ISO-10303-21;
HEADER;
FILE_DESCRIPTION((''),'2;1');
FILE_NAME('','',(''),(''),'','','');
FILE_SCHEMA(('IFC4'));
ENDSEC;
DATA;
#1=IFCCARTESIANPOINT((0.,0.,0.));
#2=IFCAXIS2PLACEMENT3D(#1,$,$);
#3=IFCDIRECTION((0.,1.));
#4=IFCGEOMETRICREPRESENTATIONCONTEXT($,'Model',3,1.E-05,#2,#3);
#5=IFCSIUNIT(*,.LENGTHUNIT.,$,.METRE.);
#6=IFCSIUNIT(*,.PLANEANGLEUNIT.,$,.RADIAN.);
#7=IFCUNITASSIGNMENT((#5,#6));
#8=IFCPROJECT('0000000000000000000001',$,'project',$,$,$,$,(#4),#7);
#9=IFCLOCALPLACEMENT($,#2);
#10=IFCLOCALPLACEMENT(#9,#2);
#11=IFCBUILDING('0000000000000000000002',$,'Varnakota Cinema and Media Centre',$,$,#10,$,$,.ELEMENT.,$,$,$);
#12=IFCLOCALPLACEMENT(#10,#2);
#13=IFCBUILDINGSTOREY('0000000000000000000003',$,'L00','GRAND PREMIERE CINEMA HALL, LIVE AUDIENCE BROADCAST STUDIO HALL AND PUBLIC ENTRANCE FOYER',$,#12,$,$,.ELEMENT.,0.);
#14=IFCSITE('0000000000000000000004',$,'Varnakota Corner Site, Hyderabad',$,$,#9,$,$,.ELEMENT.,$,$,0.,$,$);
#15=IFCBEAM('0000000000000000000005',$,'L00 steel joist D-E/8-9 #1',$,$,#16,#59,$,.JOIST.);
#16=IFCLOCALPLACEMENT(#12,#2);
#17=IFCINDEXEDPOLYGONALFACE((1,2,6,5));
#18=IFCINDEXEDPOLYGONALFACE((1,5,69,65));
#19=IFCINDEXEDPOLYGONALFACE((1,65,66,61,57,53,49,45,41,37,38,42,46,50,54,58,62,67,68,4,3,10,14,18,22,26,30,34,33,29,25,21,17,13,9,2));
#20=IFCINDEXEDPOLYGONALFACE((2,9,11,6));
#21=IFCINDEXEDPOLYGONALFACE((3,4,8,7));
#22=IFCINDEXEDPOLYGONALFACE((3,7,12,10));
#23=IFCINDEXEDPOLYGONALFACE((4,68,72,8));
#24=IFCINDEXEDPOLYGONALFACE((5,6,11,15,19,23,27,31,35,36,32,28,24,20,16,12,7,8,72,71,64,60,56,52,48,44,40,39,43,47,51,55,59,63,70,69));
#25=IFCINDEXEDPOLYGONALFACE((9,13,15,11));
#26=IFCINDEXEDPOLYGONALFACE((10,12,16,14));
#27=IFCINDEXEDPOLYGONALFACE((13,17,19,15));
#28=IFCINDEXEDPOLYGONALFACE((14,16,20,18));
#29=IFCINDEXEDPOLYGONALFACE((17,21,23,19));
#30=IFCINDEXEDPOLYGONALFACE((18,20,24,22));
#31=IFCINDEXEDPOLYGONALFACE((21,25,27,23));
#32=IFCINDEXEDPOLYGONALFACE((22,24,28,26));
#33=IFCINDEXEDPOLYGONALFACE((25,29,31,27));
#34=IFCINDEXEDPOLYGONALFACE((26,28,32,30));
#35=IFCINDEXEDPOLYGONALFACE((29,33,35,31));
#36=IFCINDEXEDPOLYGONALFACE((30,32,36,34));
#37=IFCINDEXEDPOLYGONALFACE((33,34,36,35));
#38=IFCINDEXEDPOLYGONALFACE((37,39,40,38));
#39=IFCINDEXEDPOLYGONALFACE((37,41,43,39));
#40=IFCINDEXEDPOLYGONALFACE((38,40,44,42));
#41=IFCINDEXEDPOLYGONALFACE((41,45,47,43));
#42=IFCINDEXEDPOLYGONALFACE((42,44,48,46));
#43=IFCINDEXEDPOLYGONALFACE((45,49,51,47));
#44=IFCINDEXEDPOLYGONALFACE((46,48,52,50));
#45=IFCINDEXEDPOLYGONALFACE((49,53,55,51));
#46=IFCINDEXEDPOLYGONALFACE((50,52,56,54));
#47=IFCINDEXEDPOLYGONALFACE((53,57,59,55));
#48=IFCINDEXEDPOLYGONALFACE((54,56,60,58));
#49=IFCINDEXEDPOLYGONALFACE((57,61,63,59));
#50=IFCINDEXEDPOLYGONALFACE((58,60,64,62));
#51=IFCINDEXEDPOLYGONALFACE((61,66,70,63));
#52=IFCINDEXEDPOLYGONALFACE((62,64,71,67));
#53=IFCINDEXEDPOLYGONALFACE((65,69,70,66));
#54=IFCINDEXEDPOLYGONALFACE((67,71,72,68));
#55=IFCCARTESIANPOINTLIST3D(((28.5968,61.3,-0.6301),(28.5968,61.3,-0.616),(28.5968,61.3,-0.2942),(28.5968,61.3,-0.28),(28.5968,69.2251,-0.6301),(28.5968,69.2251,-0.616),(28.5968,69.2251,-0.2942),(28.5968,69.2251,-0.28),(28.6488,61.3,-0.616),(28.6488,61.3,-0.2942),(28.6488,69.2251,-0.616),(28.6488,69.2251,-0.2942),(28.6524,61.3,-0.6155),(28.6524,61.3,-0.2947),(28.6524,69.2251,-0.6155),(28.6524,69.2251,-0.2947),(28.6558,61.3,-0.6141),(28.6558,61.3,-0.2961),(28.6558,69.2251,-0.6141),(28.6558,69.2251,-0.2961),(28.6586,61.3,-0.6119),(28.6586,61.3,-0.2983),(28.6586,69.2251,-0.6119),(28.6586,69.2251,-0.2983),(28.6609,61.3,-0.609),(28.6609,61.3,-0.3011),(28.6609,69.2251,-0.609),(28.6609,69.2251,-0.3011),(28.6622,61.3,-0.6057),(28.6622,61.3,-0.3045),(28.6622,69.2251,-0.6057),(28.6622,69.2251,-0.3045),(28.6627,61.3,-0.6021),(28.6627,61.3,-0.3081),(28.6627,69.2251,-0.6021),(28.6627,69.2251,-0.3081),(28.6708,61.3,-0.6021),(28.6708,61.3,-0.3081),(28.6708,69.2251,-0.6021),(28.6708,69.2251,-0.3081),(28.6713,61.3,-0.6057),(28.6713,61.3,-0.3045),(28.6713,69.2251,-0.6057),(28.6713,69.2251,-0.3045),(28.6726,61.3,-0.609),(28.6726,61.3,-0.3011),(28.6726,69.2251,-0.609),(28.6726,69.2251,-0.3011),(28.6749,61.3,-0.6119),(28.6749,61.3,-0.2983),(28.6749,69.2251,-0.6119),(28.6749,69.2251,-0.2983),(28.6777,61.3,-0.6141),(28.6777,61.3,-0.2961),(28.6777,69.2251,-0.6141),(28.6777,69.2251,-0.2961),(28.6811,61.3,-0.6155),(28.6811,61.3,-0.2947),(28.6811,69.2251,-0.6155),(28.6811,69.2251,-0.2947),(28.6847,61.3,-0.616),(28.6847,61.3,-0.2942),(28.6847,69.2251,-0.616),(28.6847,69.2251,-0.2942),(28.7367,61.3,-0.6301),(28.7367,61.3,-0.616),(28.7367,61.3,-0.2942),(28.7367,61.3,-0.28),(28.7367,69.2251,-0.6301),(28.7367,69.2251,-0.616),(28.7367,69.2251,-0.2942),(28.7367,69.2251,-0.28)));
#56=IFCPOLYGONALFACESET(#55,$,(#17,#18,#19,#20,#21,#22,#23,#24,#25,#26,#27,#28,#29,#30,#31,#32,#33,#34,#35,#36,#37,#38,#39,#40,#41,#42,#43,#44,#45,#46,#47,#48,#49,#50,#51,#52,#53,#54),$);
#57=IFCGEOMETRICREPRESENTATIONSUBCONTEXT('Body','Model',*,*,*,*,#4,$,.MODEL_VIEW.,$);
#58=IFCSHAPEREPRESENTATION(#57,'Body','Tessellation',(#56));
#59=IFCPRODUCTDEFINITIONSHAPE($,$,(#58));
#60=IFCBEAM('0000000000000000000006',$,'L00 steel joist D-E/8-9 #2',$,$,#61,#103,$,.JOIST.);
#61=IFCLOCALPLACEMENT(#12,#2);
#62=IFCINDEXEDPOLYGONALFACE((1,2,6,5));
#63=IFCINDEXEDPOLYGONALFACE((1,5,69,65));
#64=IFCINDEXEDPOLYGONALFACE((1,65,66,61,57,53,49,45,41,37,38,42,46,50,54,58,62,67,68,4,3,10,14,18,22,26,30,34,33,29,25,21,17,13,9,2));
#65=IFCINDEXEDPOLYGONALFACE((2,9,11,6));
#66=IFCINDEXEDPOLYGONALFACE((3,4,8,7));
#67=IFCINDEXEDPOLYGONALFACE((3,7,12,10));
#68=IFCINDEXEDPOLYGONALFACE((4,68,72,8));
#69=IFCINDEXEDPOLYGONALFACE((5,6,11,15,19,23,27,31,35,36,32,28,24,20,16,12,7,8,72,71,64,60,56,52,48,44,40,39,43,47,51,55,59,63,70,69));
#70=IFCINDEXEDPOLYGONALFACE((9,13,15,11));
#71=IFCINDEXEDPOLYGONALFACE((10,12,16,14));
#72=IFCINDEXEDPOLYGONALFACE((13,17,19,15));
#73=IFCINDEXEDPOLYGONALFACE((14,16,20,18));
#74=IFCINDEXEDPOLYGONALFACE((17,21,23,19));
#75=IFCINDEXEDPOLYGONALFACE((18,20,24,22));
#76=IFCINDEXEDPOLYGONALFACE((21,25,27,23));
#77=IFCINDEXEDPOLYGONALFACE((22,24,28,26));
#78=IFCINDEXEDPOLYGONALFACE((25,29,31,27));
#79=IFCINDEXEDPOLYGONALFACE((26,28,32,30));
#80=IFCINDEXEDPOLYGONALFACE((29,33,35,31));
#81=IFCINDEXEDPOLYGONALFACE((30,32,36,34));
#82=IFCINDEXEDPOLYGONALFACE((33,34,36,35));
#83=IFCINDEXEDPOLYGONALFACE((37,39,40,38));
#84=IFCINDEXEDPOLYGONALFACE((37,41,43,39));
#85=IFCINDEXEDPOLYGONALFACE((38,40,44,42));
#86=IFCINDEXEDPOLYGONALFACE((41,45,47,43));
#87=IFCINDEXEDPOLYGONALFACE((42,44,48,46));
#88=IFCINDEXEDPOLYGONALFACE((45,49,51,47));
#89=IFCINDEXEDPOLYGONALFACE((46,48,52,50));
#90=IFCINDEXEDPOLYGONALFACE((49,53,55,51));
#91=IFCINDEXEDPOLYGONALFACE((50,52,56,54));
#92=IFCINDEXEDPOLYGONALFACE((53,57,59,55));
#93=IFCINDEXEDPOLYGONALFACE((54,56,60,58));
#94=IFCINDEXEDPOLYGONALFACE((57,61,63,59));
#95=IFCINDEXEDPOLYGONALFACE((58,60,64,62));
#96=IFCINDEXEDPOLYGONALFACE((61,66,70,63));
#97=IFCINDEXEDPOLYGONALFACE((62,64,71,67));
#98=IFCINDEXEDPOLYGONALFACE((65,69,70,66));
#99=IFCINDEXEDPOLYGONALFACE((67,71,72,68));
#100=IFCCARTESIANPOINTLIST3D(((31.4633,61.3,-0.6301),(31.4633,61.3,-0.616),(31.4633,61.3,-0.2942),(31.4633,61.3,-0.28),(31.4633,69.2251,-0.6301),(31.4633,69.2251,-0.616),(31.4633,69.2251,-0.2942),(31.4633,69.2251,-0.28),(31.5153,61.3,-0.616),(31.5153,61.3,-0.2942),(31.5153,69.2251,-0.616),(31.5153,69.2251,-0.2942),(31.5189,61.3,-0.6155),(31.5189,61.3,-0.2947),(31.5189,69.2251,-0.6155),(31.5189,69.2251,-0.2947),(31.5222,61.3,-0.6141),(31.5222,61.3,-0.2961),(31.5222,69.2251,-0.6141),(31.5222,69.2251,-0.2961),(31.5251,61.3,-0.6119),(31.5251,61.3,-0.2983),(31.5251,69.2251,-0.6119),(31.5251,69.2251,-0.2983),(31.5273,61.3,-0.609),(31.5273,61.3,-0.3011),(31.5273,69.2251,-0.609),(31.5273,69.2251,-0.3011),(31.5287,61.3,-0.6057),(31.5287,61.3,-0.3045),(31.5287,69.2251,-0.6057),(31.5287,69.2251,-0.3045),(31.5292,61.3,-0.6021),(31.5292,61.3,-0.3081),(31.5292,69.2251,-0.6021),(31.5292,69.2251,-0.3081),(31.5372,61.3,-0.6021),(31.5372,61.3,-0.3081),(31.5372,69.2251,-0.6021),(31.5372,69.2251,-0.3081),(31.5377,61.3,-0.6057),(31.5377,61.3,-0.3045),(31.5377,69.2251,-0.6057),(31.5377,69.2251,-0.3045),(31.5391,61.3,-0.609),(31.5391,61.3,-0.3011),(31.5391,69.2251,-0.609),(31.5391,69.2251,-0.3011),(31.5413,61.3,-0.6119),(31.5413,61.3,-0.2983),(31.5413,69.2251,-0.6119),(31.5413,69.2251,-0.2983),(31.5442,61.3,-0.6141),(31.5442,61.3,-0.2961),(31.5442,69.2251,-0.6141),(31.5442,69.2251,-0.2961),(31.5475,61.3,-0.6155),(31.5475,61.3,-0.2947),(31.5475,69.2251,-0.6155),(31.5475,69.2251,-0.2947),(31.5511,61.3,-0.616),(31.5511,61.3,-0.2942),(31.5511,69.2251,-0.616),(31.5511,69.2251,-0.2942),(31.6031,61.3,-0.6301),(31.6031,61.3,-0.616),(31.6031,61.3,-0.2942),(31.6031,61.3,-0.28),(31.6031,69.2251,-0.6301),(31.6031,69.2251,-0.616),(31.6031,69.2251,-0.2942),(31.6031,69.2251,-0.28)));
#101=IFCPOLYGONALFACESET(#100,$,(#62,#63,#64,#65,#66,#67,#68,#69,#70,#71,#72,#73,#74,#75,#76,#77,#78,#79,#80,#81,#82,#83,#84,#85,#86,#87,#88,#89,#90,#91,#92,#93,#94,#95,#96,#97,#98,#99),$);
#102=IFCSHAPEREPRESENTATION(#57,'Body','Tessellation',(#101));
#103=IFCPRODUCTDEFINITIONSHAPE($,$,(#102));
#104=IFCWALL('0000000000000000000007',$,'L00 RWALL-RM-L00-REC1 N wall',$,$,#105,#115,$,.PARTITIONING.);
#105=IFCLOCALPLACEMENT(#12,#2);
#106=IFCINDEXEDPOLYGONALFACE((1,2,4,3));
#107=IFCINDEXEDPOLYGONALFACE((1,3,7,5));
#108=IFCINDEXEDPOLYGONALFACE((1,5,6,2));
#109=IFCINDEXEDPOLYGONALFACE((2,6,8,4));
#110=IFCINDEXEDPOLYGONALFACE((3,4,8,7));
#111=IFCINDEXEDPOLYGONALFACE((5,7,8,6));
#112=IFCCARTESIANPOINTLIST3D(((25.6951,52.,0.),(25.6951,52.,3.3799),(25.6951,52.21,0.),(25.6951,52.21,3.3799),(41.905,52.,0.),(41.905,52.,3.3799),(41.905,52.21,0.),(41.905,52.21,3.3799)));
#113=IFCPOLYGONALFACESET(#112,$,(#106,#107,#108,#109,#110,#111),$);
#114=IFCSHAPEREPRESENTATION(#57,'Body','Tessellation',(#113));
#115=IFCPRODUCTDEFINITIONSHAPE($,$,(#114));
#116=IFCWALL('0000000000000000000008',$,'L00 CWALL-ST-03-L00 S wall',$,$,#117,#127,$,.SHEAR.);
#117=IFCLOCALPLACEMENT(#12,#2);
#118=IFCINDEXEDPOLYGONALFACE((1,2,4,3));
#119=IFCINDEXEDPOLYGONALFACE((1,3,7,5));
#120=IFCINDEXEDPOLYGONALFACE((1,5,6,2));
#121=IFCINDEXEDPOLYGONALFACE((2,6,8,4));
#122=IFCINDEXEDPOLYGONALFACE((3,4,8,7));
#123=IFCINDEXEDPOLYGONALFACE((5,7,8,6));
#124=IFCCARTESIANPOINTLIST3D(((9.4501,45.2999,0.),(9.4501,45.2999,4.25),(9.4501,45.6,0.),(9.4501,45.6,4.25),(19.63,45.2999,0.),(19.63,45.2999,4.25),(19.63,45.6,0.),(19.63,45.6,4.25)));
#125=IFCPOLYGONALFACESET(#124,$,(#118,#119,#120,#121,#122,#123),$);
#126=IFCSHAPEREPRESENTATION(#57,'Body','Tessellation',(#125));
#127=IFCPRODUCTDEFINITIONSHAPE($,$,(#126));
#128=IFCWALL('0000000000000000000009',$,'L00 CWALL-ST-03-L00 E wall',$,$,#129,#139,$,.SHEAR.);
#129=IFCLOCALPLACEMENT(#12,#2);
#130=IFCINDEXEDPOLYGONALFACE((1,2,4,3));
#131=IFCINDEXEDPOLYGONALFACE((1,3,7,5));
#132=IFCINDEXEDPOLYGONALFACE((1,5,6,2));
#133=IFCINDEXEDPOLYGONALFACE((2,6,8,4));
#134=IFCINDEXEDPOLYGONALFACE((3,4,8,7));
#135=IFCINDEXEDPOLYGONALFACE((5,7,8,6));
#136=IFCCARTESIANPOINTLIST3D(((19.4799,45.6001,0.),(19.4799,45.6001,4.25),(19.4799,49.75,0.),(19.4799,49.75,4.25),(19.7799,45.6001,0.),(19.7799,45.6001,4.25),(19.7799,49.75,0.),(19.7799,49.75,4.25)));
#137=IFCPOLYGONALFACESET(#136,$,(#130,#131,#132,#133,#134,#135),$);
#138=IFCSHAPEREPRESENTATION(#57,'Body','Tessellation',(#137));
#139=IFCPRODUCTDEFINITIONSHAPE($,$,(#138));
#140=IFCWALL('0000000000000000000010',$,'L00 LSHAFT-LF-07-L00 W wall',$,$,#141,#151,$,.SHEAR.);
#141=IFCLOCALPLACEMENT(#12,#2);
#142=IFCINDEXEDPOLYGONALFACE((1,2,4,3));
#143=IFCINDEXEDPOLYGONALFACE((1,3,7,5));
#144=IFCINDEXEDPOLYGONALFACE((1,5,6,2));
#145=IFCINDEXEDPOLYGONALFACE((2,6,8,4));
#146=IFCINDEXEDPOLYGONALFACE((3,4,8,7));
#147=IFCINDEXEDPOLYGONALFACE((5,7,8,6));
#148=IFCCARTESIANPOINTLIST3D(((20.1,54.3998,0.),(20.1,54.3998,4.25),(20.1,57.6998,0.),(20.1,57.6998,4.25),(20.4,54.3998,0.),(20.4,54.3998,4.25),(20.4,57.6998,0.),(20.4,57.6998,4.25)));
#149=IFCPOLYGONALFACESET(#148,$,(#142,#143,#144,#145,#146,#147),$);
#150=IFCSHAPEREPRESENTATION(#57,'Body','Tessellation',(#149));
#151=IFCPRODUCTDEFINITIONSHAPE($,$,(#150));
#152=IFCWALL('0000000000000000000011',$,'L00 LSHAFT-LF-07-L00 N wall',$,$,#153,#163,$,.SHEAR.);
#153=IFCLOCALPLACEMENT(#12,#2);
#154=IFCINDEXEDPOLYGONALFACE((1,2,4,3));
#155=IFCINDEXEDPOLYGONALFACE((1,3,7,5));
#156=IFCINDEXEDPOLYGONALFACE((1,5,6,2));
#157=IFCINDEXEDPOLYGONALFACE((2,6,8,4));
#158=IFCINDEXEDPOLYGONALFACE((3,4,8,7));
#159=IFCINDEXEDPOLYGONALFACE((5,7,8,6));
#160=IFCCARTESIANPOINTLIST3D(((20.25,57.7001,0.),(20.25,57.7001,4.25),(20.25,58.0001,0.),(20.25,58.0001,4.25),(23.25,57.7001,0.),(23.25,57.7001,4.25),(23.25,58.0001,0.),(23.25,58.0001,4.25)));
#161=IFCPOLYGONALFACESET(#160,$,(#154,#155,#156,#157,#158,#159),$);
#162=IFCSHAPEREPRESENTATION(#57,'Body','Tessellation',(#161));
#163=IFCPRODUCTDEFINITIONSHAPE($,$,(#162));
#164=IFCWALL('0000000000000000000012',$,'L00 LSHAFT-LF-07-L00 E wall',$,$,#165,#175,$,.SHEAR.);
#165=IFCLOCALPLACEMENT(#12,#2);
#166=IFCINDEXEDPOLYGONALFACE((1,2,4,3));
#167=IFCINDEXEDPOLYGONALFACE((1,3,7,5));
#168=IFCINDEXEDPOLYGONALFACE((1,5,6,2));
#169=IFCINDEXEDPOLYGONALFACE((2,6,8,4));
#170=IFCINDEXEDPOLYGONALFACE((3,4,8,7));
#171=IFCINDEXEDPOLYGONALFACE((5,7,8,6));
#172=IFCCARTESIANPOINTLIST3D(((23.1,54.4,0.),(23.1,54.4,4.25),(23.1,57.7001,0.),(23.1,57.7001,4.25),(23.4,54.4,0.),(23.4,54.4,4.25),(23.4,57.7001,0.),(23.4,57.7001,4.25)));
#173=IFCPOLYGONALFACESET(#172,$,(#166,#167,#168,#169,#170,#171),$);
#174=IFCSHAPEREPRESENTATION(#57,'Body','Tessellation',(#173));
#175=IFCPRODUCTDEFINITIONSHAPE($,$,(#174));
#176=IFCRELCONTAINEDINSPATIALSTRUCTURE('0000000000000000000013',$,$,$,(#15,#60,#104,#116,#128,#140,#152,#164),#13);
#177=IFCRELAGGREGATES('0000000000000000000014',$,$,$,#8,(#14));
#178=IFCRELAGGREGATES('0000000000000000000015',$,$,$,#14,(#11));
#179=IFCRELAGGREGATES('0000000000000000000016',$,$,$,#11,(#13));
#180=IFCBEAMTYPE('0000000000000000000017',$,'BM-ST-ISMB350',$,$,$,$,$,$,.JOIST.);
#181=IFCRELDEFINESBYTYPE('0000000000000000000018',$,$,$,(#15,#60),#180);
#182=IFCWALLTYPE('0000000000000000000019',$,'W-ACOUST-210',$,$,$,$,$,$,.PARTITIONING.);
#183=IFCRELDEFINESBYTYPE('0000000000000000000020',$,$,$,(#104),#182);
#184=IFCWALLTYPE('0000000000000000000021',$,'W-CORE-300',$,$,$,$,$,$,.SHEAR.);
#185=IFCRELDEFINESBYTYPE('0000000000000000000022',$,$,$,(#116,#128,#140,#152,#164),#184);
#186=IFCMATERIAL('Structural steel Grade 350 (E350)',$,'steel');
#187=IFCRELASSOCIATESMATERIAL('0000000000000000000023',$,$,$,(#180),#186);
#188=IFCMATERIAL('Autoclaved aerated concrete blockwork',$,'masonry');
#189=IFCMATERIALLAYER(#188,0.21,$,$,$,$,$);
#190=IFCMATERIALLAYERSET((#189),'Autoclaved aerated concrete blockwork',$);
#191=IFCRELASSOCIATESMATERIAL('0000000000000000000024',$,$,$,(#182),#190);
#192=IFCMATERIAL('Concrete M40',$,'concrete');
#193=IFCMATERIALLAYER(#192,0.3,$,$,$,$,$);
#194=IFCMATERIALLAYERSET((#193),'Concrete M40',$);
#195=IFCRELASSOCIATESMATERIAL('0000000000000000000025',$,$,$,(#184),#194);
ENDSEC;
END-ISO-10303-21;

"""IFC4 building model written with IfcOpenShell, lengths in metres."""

from ifc_helpers import new_model, si_unit, direction, frame, frame_2d, origin, origin_2d, place, context, subcontext, project, spatial, rectangle, i_section, extrude, material, layer, layer_set, material_profile, profile_set, type_object, element, save


model = new_model("IFC4")

# Units and contexts
model_context = context("Model", 3, precision=1e-05, world=origin(), true_north=direction((0.0, 1.0)))
body_context = subcontext(model_context, "Body", "Model", "MODEL_VIEW")
ifc_project = project(units=[si_unit("LENGTHUNIT", "METRE"), si_unit("PLANEANGLEUNIT", "RADIAN")], contexts=[model_context])

# Site, building, storey
site_placement = place(None, origin())
site = spatial("IfcSite", under=ifc_project, at=site_placement, Name="Varnakota Corner Site, Hyderabad", CompositionType="ELEMENT", RefElevation=0.0)
building_placement = place(site_placement, origin())
building = spatial("IfcBuilding", under=site, at=building_placement, Name="Varnakota Cinema and Media Centre", CompositionType="ELEMENT")
storey_placement = place(building_placement, origin())
storey = spatial("IfcBuildingStorey", under=building, at=storey_placement, Name="L00", Description="GRAND PREMIERE CINEMA HALL, LIVE AUDIENCE BROADCAST STUDIO HALL AND PUBLIC ENTRANCE FOYER", CompositionType="ELEMENT", Elevation=0.0)

# Beams
ifc_material_1 = material(Name="Structural steel Grade 350 (E350)", Category="steel")
ifc_material_profile_1 = material_profile(ifc_material_1, i_section(OverallWidth=0.1399, OverallDepth=0.3501, WebThickness=0.0081, FlangeThickness=0.0142, FilletRadius=0.0139, at=origin_2d()), Name="ISMB 350")
ifc_profile_set_1 = profile_set([ifc_material_profile_1], Name="Structural steel Grade 350 (E350)")
beam_type_1 = type_object("IfcBeamType", Name="BM-ST-ISMB350", PredefinedType="JOIST", material=ifc_profile_set_1)
for number, where, z_axis, x_axis, name in (
    (1, (28.6667, 61.3, -0.4551), (0.0, 1.0, 0.0), (-1.0, 0.0, 0.0), "L00 steel joist D-E/8-9 #1"),
    (2, (31.5332, 61.3, -0.4551), (0.0, 1.0, 0.0), (-1.0, 0.0, 0.0), "L00 steel joist D-E/8-9 #2"),
):
    element("IfcBeam", number, at=place(storey_placement, frame(where, z_axis=z_axis, x_axis=x_axis)), inside=storey, type_object=beam_type_1, Name=name, PredefinedType="JOIST", context=body_context, shape_type="SweptSolid", body=[
        extrude(i_section(OverallWidth=0.1399, OverallDepth=0.3501, WebThickness=0.0081, FlangeThickness=0.0142, FilletRadius=0.0139, at=origin_2d()), origin(), (0.0, 0.0, 1.0), 7.925),
    ])

# Walls
ifc_material_2 = material(Name="Autoclaved aerated concrete blockwork", Category="masonry")
ifc_layer_1 = layer(ifc_material_2, 0.21)
ifc_layer_set_1 = layer_set([ifc_layer_1], Name="Autoclaved aerated concrete blockwork")
wall_type_1 = type_object("IfcWallType", Name="W-ACOUST-210", PredefinedType="PARTITIONING", material=ifc_layer_set_1)
wall_1_placement = place(storey_placement, frame((25.6951, 52.105, 0.0), z_axis=(0.0, 0.0, 1.0), x_axis=(1.0, 0.0, 0.0)))
element("IfcWall", 3, at=wall_1_placement, inside=storey, type_object=wall_type_1, Name="L00 RWALL-RM-L00-REC1 N wall", PredefinedType="PARTITIONING", context=body_context, shape_type="SweptSolid", body=[
    extrude(rectangle(XDim=16.21, YDim=0.21, at=frame_2d((8.105, 0.0))), origin(), (0.0, 0.0, 1.0), 3.3799),
])
ifc_material_3 = material(Name="Concrete M40", Category="concrete")
ifc_layer_2 = layer(ifc_material_3, 0.3)
ifc_layer_set_2 = layer_set([ifc_layer_2], Name="Concrete M40")
wall_type_2 = type_object("IfcWallType", Name="W-CORE-300", PredefinedType="SHEAR", material=ifc_layer_set_2)
wall_2_placement = place(storey_placement, frame((19.6299, 45.45, 0.0), z_axis=(0.0, 0.0, 1.0), x_axis=(-1.0, 0.0, 0.0)))
element("IfcWall", 4, at=wall_2_placement, inside=storey, type_object=wall_type_2, Name="L00 CWALL-ST-03-L00 S wall", PredefinedType="SHEAR", context=body_context, shape_type="SweptSolid", body=[
    extrude(rectangle(XDim=10.1799, YDim=0.3, at=frame_2d((5.0898, 0.0))), origin(), (0.0, 0.0, 1.0), 4.25),
])
wall_3_placement = place(storey_placement, frame((19.6299, 49.75, 0.0), z_axis=(0.0, 0.0, 1.0), x_axis=(0.0, -1.0, 0.0)))
element("IfcWall", 5, at=wall_3_placement, inside=storey, type_object=wall_type_2, Name="L00 CWALL-ST-03-L00 E wall", PredefinedType="SHEAR", context=body_context, shape_type="SweptSolid", body=[
    extrude(rectangle(XDim=4.1499, YDim=0.3, at=frame_2d((2.075, 0.0))), origin(), (0.0, 0.0, 1.0), 4.25),
])

# Walls
wall_4_placement = place(storey_placement, frame((20.25, 54.3999, 0.0), z_axis=(0.0, 0.0, 1.0), x_axis=(0.0, 1.0, 0.0)))
element("IfcWall", 6, at=wall_4_placement, inside=storey, type_object=wall_type_2, Name="L00 LSHAFT-LF-07-L00 W wall", PredefinedType="SHEAR", context=body_context, shape_type="SweptSolid", body=[
    extrude(rectangle(XDim=3.3, YDim=0.3, at=frame_2d((1.6499, 0.0))), origin(), (0.0, 0.0, 1.0), 4.25),
])
wall_5_placement = place(storey_placement, frame((20.25, 57.8501, 0.0), z_axis=(0.0, 0.0, 1.0), x_axis=(1.0, 0.0, 0.0)))
element("IfcWall", 7, at=wall_5_placement, inside=storey, type_object=wall_type_2, Name="L00 LSHAFT-LF-07-L00 N wall", PredefinedType="SHEAR", context=body_context, shape_type="SweptSolid", body=[
    extrude(rectangle(XDim=3.0, YDim=0.3, at=frame_2d((1.5, 0.0))), origin(), (0.0, 0.0, 1.0), 4.25),
])
wall_6_placement = place(storey_placement, frame((23.25, 57.7, 0.0), z_axis=(0.0, 0.0, 1.0), x_axis=(0.0, -1.0, 0.0)))
element("IfcWall", 8, at=wall_6_placement, inside=storey, type_object=wall_type_2, Name="L00 LSHAFT-LF-07-L00 E wall", PredefinedType="SHEAR", context=body_context, shape_type="SweptSolid", body=[
    extrude(rectangle(XDim=3.3, YDim=0.3, at=frame_2d((1.6499, 0.0))), origin(), (0.0, 0.0, 1.0), 4.25),
])

save(model, "model.ifc")
